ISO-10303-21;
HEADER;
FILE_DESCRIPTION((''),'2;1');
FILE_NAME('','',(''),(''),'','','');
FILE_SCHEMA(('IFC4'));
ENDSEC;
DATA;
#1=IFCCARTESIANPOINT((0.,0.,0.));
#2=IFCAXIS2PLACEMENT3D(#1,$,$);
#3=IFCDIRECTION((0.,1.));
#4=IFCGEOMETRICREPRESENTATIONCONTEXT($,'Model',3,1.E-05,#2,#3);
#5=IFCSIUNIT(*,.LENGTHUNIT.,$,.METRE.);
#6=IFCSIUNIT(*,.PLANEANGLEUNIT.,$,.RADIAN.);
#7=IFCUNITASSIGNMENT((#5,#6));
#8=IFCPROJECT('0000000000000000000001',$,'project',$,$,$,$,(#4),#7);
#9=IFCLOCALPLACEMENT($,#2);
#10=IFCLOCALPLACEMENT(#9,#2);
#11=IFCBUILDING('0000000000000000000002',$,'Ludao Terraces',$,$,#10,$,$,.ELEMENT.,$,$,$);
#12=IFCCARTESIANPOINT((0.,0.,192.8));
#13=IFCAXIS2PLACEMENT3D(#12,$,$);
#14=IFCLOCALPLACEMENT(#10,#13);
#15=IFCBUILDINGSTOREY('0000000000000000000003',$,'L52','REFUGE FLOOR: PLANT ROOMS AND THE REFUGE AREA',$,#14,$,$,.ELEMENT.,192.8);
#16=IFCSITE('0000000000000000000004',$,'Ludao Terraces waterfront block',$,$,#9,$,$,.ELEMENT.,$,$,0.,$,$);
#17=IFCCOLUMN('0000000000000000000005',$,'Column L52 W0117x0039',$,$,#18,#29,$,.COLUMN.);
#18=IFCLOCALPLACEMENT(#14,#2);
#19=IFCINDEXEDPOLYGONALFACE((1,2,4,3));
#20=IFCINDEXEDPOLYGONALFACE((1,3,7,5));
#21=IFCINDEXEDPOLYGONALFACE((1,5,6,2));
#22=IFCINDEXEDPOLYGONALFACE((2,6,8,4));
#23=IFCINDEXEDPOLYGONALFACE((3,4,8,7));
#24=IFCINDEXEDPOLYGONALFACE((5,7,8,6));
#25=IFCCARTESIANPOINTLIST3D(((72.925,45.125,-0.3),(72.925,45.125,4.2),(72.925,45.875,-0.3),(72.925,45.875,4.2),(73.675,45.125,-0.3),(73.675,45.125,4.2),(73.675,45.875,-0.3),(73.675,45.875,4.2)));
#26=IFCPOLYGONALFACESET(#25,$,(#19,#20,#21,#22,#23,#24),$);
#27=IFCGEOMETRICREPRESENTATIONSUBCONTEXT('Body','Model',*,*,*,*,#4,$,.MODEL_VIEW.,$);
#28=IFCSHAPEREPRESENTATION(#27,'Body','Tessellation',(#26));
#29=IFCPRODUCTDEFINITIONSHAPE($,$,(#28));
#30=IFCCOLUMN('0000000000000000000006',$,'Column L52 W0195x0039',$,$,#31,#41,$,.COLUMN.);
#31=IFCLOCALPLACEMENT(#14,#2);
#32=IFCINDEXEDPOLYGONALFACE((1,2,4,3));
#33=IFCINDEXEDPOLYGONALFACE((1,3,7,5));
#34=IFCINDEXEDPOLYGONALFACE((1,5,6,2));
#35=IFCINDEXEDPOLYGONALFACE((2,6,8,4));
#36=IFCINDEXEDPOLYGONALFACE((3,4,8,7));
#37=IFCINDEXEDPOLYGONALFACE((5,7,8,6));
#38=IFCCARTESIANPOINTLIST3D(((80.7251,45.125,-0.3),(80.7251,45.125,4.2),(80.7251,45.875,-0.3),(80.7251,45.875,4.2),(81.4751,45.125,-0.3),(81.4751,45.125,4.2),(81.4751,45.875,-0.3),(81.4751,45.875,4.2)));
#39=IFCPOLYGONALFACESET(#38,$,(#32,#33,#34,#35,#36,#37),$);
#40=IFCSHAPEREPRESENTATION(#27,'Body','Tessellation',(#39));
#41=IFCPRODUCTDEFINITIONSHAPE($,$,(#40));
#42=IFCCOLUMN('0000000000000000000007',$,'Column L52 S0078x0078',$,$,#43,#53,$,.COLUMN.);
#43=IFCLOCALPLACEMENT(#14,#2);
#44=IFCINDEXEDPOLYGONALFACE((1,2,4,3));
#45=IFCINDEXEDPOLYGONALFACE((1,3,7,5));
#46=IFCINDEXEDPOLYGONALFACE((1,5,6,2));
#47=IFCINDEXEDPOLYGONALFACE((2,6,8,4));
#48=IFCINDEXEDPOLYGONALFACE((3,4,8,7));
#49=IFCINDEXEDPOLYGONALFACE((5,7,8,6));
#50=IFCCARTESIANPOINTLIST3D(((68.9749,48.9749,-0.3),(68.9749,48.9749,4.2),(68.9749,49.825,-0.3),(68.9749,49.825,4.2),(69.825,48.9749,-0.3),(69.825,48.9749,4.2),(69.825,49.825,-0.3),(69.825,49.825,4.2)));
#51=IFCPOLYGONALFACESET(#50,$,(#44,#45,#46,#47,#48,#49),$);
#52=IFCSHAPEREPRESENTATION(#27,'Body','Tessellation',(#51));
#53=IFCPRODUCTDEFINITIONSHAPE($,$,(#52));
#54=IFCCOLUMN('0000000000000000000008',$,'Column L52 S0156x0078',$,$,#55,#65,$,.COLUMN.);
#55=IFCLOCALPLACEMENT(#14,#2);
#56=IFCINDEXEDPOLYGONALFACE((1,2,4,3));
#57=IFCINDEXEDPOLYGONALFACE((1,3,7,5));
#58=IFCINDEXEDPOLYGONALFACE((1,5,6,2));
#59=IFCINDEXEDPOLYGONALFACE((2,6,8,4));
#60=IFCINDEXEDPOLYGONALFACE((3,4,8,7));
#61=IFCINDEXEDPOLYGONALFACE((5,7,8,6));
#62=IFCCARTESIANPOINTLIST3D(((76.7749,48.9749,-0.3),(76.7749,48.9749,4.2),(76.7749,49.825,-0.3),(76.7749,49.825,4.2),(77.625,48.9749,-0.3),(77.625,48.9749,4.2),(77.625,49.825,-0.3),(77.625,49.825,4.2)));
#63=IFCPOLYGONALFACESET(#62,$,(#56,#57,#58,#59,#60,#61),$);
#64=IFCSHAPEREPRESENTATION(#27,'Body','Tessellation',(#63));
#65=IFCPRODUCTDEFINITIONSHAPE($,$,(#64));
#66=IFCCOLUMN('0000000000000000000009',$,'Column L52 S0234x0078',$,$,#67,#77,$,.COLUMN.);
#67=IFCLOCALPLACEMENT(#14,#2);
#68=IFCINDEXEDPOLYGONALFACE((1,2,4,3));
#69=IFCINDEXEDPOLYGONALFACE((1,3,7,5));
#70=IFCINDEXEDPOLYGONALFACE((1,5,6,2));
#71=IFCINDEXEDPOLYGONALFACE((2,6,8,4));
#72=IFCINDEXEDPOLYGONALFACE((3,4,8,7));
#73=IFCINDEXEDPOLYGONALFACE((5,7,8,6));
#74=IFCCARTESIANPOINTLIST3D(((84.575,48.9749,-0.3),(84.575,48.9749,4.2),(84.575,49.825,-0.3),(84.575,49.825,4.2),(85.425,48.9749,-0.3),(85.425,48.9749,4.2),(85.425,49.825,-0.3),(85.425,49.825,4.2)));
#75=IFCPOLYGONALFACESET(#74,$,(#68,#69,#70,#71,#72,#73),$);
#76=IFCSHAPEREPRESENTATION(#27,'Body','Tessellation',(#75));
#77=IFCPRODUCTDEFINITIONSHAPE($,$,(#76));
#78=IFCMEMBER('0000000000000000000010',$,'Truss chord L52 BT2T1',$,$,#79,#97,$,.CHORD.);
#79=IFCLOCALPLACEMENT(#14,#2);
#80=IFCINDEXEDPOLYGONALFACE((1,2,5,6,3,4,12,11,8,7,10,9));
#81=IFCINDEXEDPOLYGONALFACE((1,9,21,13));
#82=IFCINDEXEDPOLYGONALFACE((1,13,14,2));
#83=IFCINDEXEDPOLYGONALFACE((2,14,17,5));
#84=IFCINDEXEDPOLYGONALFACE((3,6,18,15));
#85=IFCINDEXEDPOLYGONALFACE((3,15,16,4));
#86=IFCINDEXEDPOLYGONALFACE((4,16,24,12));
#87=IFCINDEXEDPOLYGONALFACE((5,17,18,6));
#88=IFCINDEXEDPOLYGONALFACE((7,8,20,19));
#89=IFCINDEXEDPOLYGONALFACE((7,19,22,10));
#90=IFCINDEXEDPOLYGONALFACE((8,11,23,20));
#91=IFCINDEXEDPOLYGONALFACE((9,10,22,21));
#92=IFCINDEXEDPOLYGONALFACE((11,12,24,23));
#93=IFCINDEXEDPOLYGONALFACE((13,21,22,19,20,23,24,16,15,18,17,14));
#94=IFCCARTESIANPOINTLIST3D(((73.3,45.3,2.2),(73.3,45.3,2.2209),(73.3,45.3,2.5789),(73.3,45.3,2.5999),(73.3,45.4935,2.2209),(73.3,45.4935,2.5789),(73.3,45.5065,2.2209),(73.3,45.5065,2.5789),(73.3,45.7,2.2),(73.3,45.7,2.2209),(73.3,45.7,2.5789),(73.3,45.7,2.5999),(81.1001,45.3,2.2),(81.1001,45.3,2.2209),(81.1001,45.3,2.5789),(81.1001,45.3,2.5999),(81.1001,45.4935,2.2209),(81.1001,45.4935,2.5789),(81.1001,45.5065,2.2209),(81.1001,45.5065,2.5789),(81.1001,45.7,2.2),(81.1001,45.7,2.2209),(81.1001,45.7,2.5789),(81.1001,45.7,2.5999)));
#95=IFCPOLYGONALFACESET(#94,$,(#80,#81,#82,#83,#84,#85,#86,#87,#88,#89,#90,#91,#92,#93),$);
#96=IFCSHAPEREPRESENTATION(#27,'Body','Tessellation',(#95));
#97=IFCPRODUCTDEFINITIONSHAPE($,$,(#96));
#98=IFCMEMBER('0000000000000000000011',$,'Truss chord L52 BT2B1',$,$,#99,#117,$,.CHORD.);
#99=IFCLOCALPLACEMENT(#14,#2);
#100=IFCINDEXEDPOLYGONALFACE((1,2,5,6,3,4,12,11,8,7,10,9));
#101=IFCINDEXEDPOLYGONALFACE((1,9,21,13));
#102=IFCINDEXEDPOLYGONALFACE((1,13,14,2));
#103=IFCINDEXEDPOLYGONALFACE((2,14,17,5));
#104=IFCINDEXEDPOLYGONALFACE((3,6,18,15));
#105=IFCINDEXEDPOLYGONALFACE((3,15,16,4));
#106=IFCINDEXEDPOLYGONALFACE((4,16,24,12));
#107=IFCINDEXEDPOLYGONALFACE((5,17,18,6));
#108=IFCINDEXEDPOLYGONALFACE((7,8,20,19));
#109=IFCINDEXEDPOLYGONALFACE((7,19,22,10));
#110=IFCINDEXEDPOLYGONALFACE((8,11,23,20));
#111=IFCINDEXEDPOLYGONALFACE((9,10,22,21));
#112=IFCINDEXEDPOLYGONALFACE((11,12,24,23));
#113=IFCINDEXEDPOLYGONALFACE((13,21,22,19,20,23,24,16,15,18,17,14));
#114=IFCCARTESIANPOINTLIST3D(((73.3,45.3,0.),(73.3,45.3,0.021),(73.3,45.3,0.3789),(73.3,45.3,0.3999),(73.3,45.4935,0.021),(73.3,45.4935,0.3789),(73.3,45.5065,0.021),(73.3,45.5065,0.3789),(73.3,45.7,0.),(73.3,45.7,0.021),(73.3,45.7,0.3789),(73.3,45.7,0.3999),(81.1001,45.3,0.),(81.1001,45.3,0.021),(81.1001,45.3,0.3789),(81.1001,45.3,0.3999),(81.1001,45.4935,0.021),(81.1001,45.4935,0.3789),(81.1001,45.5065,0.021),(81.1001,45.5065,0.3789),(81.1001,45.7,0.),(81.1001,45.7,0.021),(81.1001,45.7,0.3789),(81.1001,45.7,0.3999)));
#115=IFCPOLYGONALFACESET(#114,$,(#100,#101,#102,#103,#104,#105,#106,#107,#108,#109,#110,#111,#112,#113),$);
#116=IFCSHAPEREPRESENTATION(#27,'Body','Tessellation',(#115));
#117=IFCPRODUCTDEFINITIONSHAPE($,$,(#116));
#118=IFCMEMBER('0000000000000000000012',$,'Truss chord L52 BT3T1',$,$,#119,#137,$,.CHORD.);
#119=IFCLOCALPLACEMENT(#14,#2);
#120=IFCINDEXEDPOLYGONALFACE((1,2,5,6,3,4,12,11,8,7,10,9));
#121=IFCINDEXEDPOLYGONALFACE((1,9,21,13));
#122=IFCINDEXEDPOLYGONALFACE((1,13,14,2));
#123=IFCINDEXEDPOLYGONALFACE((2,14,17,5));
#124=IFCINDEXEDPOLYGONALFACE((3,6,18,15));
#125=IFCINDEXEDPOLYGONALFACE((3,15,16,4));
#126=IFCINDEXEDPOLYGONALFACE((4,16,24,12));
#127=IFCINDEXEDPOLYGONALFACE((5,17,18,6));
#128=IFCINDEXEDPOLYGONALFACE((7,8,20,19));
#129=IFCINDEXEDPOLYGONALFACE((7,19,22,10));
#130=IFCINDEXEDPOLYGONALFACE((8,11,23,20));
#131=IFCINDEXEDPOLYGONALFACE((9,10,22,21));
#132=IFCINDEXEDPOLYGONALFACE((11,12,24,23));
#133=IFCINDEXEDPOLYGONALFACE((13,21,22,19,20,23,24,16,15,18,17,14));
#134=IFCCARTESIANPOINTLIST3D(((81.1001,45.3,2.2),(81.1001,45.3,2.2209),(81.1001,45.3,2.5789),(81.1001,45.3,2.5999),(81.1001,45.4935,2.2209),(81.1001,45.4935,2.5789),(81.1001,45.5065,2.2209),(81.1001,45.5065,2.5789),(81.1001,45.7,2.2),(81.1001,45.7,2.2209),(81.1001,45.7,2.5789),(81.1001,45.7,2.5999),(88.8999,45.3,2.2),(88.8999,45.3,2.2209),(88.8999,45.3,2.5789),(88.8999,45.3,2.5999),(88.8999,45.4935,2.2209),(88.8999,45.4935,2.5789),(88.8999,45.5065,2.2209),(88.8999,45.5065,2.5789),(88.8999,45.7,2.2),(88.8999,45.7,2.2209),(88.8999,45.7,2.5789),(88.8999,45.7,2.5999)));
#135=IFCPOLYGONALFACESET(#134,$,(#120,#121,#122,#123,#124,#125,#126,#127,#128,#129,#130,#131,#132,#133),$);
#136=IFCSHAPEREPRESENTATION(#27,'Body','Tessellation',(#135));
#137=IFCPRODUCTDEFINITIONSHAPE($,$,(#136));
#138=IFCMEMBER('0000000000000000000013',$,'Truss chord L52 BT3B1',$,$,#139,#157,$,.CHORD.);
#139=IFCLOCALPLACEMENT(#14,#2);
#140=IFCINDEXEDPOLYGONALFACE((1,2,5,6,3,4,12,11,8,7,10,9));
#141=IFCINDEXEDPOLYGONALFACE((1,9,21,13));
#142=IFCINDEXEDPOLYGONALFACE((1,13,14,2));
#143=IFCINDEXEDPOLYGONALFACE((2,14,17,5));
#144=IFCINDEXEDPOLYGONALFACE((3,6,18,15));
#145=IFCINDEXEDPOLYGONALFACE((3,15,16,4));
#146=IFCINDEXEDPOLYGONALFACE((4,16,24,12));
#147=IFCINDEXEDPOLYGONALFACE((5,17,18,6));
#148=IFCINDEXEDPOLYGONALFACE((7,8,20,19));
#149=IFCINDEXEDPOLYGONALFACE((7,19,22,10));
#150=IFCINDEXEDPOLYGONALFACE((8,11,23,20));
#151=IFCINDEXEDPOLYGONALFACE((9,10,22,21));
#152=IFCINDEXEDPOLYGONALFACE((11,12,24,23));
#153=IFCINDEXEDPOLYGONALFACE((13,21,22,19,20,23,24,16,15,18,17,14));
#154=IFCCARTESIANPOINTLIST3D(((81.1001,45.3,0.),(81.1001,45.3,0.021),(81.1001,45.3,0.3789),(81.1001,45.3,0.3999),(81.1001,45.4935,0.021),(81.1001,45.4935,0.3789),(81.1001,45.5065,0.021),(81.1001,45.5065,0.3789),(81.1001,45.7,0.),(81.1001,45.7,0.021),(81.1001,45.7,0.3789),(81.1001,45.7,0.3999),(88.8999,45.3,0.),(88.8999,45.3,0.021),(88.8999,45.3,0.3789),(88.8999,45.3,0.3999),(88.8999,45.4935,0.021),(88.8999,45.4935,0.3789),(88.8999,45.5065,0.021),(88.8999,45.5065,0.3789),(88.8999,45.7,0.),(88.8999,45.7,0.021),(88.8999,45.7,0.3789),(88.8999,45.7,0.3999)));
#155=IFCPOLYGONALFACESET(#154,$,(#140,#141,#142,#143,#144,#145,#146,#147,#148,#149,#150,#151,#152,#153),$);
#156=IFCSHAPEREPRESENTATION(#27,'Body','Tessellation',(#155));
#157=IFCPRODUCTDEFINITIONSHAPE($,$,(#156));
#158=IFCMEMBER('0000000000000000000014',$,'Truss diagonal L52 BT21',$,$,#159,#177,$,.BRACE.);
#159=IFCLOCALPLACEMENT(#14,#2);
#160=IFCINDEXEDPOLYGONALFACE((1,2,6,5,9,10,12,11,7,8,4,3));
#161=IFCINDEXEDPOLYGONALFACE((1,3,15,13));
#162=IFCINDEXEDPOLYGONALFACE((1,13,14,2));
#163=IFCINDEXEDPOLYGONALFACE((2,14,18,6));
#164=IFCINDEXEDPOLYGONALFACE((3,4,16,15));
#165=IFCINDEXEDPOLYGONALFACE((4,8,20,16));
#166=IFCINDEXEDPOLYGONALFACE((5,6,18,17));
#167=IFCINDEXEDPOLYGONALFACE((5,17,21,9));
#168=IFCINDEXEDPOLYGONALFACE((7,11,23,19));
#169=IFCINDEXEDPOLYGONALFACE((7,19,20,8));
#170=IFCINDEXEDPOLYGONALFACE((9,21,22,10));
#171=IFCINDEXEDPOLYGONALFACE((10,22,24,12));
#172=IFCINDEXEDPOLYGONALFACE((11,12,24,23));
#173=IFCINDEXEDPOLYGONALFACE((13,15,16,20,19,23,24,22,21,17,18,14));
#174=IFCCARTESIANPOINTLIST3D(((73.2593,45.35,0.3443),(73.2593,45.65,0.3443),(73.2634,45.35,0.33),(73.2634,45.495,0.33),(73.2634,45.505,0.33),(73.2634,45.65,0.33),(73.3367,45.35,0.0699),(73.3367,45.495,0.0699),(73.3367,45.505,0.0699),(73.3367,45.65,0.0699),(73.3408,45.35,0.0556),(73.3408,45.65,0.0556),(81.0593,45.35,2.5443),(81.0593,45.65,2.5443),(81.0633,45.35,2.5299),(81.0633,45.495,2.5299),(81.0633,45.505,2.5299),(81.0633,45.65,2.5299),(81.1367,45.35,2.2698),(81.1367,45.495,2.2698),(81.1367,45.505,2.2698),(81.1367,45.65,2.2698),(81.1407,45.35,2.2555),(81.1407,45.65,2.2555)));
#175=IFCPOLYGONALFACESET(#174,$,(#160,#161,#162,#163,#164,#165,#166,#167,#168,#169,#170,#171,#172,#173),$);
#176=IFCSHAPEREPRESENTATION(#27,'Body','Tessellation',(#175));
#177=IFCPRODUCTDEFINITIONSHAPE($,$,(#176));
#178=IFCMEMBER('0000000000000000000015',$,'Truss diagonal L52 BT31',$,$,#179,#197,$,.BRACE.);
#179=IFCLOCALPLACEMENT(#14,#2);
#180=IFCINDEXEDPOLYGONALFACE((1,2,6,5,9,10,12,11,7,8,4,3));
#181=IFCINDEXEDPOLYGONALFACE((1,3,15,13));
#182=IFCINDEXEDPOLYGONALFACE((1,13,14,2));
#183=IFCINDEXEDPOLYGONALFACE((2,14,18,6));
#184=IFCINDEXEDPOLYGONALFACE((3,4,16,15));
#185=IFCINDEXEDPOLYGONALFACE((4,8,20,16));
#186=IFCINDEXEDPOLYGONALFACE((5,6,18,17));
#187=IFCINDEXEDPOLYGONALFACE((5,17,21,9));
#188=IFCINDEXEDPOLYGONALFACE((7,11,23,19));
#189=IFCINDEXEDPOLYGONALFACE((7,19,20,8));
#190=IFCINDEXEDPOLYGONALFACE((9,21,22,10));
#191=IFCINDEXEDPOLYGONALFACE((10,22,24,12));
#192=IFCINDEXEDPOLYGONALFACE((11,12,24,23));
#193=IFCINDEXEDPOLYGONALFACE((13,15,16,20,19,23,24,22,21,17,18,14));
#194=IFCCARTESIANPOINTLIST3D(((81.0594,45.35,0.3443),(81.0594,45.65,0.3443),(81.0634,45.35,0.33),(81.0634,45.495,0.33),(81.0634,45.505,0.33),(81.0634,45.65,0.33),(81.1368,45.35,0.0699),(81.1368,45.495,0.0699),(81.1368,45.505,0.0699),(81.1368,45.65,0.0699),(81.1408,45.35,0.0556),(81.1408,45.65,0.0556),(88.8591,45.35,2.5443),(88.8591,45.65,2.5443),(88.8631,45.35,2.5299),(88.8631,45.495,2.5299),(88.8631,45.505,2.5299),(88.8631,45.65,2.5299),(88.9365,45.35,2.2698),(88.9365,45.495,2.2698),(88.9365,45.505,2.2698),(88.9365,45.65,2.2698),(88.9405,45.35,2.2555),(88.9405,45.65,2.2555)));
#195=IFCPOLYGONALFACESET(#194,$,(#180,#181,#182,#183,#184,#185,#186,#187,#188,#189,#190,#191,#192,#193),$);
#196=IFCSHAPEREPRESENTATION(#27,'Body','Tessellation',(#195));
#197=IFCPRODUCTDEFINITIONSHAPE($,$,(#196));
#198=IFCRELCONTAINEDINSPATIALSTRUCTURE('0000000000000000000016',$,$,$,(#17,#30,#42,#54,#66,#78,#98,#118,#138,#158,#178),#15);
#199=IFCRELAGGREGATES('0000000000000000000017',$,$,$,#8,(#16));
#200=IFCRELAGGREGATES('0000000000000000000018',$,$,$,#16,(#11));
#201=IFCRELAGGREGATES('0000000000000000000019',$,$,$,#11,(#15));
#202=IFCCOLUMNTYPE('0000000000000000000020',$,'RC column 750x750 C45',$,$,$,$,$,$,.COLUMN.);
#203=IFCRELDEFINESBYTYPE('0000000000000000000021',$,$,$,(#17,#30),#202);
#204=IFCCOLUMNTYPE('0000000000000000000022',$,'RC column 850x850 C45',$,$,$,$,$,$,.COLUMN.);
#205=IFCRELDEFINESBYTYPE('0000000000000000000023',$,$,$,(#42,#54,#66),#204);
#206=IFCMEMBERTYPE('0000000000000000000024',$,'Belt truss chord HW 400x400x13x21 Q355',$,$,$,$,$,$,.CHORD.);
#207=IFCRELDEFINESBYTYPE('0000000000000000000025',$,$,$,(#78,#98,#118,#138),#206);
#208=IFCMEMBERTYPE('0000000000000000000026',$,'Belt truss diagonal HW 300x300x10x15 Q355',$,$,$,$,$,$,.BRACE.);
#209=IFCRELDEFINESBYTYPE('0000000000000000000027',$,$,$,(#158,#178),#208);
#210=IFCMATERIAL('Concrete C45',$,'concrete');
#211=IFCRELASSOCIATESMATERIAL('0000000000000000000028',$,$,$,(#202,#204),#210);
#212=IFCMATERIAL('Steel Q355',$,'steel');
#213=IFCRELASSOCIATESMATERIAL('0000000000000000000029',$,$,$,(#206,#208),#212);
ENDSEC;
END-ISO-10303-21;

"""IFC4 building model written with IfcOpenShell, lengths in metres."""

from ifc_helpers import new_model, si_unit, direction, frame, origin, origin_2d, place, context, subcontext, project, spatial, rectangle, i_section, extrude, material, material_profile, profile_set, type_object, element, save


model = new_model("IFC4")

# Units and contexts
model_context = context("Model", 3, precision=1e-05, world=origin(), true_north=direction((0.0, 1.0)))
body_context = subcontext(model_context, "Body", "Model", "MODEL_VIEW")
ifc_project = project(units=[si_unit("LENGTHUNIT", "METRE"), si_unit("PLANEANGLEUNIT", "RADIAN")], contexts=[model_context])

# Site, building, storey
site_placement = place(None, origin())
site = spatial("IfcSite", under=ifc_project, at=site_placement, Name="Ludao Terraces waterfront block", CompositionType="ELEMENT", RefElevation=0.0)
building_placement = place(site_placement, origin())
building = spatial("IfcBuilding", under=site, at=building_placement, Name="Ludao Terraces", CompositionType="ELEMENT")
storey_placement = place(building_placement, frame((0.0, 0.0, 192.8)))
storey = spatial("IfcBuildingStorey", under=building, at=storey_placement, Name="L52", Description="REFUGE FLOOR: PLANT ROOMS AND THE REFUGE AREA", CompositionType="ELEMENT", Elevation=192.8)

# Columns
ifc_material_1 = material(Name="Concrete C45", Category="concrete")
ifc_material_profile_1 = material_profile(ifc_material_1, rectangle(XDim=0.75, YDim=0.75, at=origin_2d()), Name="750 X 750")
ifc_profile_set_1 = profile_set([ifc_material_profile_1], Name="Concrete C45")
column_type_1 = type_object("IfcColumnType", Name="RC column 750x750 C45", PredefinedType="COLUMN", material=ifc_profile_set_1)
for number, where, z_axis, x_axis, name in (
    (1, (73.3, 45.5, -0.3), (0.0, 0.0, 1.0), (1.0, 0.0, 0.0), "Column L52 W0117x0039"),
    (2, (81.1001, 45.5, -0.3), (0.0, 0.0, 1.0), (1.0, 0.0, 0.0), "Column L52 W0195x0039"),
):
    element("IfcColumn", number, at=place(storey_placement, frame(where, z_axis=z_axis, x_axis=x_axis)), inside=storey, type_object=column_type_1, Name=name, PredefinedType="COLUMN", context=body_context, shape_type="SweptSolid", body=[
        extrude(rectangle(XDim=0.75, YDim=0.75, at=origin_2d()), origin(), (0.0, 0.0, 1.0), 4.5),
    ])
ifc_material_profile_2 = material_profile(ifc_material_1, rectangle(XDim=0.8501, YDim=0.8501, at=origin_2d()), Name="850 X 850")
ifc_profile_set_2 = profile_set([ifc_material_profile_2], Name="Concrete C45")
column_type_2 = type_object("IfcColumnType", Name="RC column 850x850 C45", PredefinedType="COLUMN", material=ifc_profile_set_2)
for number, where, z_axis, x_axis, name in (
    (3, (69.3999, 49.3999, -0.3), (0.0, 0.0, 1.0), (1.0, 0.0, 0.0), "Column L52 S0078x0078"),
    (4, (77.2, 49.3999, -0.3), (0.0, 0.0, 1.0), (1.0, 0.0, 0.0), "Column L52 S0156x0078"),
    (5, (85.0, 49.3999, -0.3), (0.0, 0.0, 1.0), (1.0, 0.0, 0.0), "Column L52 S0234x0078"),
):
    element("IfcColumn", number, at=place(storey_placement, frame(where, z_axis=z_axis, x_axis=x_axis)), inside=storey, type_object=column_type_2, Name=name, PredefinedType="COLUMN", context=body_context, shape_type="SweptSolid", body=[
        extrude(rectangle(XDim=0.8501, YDim=0.8501, at=origin_2d()), origin(), (0.0, 0.0, 1.0), 4.5),
    ])

# Members
ifc_material_2 = material(Name="Steel Q355", Category="steel")
ifc_material_profile_3 = material_profile(ifc_material_2, i_section(OverallWidth=0.3999, OverallDepth=0.3999, WebThickness=0.0129, FlangeThickness=0.021, at=origin_2d()), Name="HW 400X400X13X21")
ifc_profile_set_3 = profile_set([ifc_material_profile_3], Name="Steel Q355")
member_type_1 = type_object("IfcMemberType", Name="Belt truss chord HW 400x400x13x21 Q355", PredefinedType="CHORD", material=ifc_profile_set_3)
for number, where, z_axis, x_axis, name in (
    (6, (73.3, 45.5, 2.3999), (1.0, 0.0, 0.0), (0.0, 1.0, 0.0), "Truss chord L52 BT2T1"),
    (7, (73.3, 45.5, 0.2), (1.0, 0.0, 0.0), (0.0, 1.0, 0.0), "Truss chord L52 BT2B1"),
):
    element("IfcMember", number, at=place(storey_placement, frame(where, z_axis=z_axis, x_axis=x_axis)), inside=storey, type_object=member_type_1, Name=name, PredefinedType="CHORD", context=body_context, shape_type="SweptSolid", body=[
        extrude(i_section(OverallWidth=0.3999, OverallDepth=0.3999, WebThickness=0.0129, FlangeThickness=0.021, at=origin_2d()), origin(), (0.0, 0.0, 1.0), 7.8),
    ])
for number, where, z_axis, x_axis, name in (
    (8, (81.1001, 45.5, 2.3999), (1.0, 0.0, 0.0), (0.0, 1.0, 0.0), "Truss chord L52 BT3T1"),
    (9, (81.1001, 45.5, 0.2), (1.0, 0.0, 0.0), (0.0, 1.0, 0.0), "Truss chord L52 BT3B1"),
):
    element("IfcMember", number, at=place(storey_placement, frame(where, z_axis=z_axis, x_axis=x_axis)), inside=storey, type_object=member_type_1, Name=name, PredefinedType="CHORD", context=body_context, shape_type="SweptSolid", body=[
        extrude(i_section(OverallWidth=0.3999, OverallDepth=0.3999, WebThickness=0.0129, FlangeThickness=0.021, at=origin_2d()), origin(), (0.0, 0.0, 1.0), 7.7998),
    ])
ifc_material_profile_4 = material_profile(ifc_material_2, i_section(OverallWidth=0.3, OverallDepth=0.3, WebThickness=0.01, FlangeThickness=0.0149, at=origin_2d()), Name="HW 300X300X10X15")
ifc_profile_set_4 = profile_set([ifc_material_profile_4], Name="Steel Q355")
member_type_2 = type_object("IfcMemberType", Name="Belt truss diagonal HW 300x300x10x15 Q355", PredefinedType="BRACE", material=ifc_profile_set_4)
member_1_placement = place(storey_placement, frame((73.3, 45.5, 0.2), z_axis=(0.962452, 0.0, 0.271453), x_axis=(0.0, 1.0, 0.0)))
element("IfcMember", 10, at=member_1_placement, inside=storey, type_object=member_type_2, Name="Truss diagonal L52 BT21", PredefinedType="BRACE", context=body_context, shape_type="SweptSolid", body=[
    extrude(i_section(OverallWidth=0.3, OverallDepth=0.3, WebThickness=0.01, FlangeThickness=0.0149, at=origin_2d()), origin(), (0.0, 0.0, 1.0), 8.1042),
])
member_2_placement = place(storey_placement, frame((81.1001, 45.5, 0.2), z_axis=(0.962449, 0.0, 0.271461), x_axis=(0.0, 1.0, 0.0)))
element("IfcMember", 11, at=member_2_placement, inside=storey, type_object=member_type_2, Name="Truss diagonal L52 BT31", PredefinedType="BRACE", context=body_context, shape_type="SweptSolid", body=[
    extrude(i_section(OverallWidth=0.3, OverallDepth=0.3, WebThickness=0.01, FlangeThickness=0.0149, at=origin_2d()), origin(), (0.0, 0.0, 1.0), 8.104),
])

save(model, "model.ifc")
